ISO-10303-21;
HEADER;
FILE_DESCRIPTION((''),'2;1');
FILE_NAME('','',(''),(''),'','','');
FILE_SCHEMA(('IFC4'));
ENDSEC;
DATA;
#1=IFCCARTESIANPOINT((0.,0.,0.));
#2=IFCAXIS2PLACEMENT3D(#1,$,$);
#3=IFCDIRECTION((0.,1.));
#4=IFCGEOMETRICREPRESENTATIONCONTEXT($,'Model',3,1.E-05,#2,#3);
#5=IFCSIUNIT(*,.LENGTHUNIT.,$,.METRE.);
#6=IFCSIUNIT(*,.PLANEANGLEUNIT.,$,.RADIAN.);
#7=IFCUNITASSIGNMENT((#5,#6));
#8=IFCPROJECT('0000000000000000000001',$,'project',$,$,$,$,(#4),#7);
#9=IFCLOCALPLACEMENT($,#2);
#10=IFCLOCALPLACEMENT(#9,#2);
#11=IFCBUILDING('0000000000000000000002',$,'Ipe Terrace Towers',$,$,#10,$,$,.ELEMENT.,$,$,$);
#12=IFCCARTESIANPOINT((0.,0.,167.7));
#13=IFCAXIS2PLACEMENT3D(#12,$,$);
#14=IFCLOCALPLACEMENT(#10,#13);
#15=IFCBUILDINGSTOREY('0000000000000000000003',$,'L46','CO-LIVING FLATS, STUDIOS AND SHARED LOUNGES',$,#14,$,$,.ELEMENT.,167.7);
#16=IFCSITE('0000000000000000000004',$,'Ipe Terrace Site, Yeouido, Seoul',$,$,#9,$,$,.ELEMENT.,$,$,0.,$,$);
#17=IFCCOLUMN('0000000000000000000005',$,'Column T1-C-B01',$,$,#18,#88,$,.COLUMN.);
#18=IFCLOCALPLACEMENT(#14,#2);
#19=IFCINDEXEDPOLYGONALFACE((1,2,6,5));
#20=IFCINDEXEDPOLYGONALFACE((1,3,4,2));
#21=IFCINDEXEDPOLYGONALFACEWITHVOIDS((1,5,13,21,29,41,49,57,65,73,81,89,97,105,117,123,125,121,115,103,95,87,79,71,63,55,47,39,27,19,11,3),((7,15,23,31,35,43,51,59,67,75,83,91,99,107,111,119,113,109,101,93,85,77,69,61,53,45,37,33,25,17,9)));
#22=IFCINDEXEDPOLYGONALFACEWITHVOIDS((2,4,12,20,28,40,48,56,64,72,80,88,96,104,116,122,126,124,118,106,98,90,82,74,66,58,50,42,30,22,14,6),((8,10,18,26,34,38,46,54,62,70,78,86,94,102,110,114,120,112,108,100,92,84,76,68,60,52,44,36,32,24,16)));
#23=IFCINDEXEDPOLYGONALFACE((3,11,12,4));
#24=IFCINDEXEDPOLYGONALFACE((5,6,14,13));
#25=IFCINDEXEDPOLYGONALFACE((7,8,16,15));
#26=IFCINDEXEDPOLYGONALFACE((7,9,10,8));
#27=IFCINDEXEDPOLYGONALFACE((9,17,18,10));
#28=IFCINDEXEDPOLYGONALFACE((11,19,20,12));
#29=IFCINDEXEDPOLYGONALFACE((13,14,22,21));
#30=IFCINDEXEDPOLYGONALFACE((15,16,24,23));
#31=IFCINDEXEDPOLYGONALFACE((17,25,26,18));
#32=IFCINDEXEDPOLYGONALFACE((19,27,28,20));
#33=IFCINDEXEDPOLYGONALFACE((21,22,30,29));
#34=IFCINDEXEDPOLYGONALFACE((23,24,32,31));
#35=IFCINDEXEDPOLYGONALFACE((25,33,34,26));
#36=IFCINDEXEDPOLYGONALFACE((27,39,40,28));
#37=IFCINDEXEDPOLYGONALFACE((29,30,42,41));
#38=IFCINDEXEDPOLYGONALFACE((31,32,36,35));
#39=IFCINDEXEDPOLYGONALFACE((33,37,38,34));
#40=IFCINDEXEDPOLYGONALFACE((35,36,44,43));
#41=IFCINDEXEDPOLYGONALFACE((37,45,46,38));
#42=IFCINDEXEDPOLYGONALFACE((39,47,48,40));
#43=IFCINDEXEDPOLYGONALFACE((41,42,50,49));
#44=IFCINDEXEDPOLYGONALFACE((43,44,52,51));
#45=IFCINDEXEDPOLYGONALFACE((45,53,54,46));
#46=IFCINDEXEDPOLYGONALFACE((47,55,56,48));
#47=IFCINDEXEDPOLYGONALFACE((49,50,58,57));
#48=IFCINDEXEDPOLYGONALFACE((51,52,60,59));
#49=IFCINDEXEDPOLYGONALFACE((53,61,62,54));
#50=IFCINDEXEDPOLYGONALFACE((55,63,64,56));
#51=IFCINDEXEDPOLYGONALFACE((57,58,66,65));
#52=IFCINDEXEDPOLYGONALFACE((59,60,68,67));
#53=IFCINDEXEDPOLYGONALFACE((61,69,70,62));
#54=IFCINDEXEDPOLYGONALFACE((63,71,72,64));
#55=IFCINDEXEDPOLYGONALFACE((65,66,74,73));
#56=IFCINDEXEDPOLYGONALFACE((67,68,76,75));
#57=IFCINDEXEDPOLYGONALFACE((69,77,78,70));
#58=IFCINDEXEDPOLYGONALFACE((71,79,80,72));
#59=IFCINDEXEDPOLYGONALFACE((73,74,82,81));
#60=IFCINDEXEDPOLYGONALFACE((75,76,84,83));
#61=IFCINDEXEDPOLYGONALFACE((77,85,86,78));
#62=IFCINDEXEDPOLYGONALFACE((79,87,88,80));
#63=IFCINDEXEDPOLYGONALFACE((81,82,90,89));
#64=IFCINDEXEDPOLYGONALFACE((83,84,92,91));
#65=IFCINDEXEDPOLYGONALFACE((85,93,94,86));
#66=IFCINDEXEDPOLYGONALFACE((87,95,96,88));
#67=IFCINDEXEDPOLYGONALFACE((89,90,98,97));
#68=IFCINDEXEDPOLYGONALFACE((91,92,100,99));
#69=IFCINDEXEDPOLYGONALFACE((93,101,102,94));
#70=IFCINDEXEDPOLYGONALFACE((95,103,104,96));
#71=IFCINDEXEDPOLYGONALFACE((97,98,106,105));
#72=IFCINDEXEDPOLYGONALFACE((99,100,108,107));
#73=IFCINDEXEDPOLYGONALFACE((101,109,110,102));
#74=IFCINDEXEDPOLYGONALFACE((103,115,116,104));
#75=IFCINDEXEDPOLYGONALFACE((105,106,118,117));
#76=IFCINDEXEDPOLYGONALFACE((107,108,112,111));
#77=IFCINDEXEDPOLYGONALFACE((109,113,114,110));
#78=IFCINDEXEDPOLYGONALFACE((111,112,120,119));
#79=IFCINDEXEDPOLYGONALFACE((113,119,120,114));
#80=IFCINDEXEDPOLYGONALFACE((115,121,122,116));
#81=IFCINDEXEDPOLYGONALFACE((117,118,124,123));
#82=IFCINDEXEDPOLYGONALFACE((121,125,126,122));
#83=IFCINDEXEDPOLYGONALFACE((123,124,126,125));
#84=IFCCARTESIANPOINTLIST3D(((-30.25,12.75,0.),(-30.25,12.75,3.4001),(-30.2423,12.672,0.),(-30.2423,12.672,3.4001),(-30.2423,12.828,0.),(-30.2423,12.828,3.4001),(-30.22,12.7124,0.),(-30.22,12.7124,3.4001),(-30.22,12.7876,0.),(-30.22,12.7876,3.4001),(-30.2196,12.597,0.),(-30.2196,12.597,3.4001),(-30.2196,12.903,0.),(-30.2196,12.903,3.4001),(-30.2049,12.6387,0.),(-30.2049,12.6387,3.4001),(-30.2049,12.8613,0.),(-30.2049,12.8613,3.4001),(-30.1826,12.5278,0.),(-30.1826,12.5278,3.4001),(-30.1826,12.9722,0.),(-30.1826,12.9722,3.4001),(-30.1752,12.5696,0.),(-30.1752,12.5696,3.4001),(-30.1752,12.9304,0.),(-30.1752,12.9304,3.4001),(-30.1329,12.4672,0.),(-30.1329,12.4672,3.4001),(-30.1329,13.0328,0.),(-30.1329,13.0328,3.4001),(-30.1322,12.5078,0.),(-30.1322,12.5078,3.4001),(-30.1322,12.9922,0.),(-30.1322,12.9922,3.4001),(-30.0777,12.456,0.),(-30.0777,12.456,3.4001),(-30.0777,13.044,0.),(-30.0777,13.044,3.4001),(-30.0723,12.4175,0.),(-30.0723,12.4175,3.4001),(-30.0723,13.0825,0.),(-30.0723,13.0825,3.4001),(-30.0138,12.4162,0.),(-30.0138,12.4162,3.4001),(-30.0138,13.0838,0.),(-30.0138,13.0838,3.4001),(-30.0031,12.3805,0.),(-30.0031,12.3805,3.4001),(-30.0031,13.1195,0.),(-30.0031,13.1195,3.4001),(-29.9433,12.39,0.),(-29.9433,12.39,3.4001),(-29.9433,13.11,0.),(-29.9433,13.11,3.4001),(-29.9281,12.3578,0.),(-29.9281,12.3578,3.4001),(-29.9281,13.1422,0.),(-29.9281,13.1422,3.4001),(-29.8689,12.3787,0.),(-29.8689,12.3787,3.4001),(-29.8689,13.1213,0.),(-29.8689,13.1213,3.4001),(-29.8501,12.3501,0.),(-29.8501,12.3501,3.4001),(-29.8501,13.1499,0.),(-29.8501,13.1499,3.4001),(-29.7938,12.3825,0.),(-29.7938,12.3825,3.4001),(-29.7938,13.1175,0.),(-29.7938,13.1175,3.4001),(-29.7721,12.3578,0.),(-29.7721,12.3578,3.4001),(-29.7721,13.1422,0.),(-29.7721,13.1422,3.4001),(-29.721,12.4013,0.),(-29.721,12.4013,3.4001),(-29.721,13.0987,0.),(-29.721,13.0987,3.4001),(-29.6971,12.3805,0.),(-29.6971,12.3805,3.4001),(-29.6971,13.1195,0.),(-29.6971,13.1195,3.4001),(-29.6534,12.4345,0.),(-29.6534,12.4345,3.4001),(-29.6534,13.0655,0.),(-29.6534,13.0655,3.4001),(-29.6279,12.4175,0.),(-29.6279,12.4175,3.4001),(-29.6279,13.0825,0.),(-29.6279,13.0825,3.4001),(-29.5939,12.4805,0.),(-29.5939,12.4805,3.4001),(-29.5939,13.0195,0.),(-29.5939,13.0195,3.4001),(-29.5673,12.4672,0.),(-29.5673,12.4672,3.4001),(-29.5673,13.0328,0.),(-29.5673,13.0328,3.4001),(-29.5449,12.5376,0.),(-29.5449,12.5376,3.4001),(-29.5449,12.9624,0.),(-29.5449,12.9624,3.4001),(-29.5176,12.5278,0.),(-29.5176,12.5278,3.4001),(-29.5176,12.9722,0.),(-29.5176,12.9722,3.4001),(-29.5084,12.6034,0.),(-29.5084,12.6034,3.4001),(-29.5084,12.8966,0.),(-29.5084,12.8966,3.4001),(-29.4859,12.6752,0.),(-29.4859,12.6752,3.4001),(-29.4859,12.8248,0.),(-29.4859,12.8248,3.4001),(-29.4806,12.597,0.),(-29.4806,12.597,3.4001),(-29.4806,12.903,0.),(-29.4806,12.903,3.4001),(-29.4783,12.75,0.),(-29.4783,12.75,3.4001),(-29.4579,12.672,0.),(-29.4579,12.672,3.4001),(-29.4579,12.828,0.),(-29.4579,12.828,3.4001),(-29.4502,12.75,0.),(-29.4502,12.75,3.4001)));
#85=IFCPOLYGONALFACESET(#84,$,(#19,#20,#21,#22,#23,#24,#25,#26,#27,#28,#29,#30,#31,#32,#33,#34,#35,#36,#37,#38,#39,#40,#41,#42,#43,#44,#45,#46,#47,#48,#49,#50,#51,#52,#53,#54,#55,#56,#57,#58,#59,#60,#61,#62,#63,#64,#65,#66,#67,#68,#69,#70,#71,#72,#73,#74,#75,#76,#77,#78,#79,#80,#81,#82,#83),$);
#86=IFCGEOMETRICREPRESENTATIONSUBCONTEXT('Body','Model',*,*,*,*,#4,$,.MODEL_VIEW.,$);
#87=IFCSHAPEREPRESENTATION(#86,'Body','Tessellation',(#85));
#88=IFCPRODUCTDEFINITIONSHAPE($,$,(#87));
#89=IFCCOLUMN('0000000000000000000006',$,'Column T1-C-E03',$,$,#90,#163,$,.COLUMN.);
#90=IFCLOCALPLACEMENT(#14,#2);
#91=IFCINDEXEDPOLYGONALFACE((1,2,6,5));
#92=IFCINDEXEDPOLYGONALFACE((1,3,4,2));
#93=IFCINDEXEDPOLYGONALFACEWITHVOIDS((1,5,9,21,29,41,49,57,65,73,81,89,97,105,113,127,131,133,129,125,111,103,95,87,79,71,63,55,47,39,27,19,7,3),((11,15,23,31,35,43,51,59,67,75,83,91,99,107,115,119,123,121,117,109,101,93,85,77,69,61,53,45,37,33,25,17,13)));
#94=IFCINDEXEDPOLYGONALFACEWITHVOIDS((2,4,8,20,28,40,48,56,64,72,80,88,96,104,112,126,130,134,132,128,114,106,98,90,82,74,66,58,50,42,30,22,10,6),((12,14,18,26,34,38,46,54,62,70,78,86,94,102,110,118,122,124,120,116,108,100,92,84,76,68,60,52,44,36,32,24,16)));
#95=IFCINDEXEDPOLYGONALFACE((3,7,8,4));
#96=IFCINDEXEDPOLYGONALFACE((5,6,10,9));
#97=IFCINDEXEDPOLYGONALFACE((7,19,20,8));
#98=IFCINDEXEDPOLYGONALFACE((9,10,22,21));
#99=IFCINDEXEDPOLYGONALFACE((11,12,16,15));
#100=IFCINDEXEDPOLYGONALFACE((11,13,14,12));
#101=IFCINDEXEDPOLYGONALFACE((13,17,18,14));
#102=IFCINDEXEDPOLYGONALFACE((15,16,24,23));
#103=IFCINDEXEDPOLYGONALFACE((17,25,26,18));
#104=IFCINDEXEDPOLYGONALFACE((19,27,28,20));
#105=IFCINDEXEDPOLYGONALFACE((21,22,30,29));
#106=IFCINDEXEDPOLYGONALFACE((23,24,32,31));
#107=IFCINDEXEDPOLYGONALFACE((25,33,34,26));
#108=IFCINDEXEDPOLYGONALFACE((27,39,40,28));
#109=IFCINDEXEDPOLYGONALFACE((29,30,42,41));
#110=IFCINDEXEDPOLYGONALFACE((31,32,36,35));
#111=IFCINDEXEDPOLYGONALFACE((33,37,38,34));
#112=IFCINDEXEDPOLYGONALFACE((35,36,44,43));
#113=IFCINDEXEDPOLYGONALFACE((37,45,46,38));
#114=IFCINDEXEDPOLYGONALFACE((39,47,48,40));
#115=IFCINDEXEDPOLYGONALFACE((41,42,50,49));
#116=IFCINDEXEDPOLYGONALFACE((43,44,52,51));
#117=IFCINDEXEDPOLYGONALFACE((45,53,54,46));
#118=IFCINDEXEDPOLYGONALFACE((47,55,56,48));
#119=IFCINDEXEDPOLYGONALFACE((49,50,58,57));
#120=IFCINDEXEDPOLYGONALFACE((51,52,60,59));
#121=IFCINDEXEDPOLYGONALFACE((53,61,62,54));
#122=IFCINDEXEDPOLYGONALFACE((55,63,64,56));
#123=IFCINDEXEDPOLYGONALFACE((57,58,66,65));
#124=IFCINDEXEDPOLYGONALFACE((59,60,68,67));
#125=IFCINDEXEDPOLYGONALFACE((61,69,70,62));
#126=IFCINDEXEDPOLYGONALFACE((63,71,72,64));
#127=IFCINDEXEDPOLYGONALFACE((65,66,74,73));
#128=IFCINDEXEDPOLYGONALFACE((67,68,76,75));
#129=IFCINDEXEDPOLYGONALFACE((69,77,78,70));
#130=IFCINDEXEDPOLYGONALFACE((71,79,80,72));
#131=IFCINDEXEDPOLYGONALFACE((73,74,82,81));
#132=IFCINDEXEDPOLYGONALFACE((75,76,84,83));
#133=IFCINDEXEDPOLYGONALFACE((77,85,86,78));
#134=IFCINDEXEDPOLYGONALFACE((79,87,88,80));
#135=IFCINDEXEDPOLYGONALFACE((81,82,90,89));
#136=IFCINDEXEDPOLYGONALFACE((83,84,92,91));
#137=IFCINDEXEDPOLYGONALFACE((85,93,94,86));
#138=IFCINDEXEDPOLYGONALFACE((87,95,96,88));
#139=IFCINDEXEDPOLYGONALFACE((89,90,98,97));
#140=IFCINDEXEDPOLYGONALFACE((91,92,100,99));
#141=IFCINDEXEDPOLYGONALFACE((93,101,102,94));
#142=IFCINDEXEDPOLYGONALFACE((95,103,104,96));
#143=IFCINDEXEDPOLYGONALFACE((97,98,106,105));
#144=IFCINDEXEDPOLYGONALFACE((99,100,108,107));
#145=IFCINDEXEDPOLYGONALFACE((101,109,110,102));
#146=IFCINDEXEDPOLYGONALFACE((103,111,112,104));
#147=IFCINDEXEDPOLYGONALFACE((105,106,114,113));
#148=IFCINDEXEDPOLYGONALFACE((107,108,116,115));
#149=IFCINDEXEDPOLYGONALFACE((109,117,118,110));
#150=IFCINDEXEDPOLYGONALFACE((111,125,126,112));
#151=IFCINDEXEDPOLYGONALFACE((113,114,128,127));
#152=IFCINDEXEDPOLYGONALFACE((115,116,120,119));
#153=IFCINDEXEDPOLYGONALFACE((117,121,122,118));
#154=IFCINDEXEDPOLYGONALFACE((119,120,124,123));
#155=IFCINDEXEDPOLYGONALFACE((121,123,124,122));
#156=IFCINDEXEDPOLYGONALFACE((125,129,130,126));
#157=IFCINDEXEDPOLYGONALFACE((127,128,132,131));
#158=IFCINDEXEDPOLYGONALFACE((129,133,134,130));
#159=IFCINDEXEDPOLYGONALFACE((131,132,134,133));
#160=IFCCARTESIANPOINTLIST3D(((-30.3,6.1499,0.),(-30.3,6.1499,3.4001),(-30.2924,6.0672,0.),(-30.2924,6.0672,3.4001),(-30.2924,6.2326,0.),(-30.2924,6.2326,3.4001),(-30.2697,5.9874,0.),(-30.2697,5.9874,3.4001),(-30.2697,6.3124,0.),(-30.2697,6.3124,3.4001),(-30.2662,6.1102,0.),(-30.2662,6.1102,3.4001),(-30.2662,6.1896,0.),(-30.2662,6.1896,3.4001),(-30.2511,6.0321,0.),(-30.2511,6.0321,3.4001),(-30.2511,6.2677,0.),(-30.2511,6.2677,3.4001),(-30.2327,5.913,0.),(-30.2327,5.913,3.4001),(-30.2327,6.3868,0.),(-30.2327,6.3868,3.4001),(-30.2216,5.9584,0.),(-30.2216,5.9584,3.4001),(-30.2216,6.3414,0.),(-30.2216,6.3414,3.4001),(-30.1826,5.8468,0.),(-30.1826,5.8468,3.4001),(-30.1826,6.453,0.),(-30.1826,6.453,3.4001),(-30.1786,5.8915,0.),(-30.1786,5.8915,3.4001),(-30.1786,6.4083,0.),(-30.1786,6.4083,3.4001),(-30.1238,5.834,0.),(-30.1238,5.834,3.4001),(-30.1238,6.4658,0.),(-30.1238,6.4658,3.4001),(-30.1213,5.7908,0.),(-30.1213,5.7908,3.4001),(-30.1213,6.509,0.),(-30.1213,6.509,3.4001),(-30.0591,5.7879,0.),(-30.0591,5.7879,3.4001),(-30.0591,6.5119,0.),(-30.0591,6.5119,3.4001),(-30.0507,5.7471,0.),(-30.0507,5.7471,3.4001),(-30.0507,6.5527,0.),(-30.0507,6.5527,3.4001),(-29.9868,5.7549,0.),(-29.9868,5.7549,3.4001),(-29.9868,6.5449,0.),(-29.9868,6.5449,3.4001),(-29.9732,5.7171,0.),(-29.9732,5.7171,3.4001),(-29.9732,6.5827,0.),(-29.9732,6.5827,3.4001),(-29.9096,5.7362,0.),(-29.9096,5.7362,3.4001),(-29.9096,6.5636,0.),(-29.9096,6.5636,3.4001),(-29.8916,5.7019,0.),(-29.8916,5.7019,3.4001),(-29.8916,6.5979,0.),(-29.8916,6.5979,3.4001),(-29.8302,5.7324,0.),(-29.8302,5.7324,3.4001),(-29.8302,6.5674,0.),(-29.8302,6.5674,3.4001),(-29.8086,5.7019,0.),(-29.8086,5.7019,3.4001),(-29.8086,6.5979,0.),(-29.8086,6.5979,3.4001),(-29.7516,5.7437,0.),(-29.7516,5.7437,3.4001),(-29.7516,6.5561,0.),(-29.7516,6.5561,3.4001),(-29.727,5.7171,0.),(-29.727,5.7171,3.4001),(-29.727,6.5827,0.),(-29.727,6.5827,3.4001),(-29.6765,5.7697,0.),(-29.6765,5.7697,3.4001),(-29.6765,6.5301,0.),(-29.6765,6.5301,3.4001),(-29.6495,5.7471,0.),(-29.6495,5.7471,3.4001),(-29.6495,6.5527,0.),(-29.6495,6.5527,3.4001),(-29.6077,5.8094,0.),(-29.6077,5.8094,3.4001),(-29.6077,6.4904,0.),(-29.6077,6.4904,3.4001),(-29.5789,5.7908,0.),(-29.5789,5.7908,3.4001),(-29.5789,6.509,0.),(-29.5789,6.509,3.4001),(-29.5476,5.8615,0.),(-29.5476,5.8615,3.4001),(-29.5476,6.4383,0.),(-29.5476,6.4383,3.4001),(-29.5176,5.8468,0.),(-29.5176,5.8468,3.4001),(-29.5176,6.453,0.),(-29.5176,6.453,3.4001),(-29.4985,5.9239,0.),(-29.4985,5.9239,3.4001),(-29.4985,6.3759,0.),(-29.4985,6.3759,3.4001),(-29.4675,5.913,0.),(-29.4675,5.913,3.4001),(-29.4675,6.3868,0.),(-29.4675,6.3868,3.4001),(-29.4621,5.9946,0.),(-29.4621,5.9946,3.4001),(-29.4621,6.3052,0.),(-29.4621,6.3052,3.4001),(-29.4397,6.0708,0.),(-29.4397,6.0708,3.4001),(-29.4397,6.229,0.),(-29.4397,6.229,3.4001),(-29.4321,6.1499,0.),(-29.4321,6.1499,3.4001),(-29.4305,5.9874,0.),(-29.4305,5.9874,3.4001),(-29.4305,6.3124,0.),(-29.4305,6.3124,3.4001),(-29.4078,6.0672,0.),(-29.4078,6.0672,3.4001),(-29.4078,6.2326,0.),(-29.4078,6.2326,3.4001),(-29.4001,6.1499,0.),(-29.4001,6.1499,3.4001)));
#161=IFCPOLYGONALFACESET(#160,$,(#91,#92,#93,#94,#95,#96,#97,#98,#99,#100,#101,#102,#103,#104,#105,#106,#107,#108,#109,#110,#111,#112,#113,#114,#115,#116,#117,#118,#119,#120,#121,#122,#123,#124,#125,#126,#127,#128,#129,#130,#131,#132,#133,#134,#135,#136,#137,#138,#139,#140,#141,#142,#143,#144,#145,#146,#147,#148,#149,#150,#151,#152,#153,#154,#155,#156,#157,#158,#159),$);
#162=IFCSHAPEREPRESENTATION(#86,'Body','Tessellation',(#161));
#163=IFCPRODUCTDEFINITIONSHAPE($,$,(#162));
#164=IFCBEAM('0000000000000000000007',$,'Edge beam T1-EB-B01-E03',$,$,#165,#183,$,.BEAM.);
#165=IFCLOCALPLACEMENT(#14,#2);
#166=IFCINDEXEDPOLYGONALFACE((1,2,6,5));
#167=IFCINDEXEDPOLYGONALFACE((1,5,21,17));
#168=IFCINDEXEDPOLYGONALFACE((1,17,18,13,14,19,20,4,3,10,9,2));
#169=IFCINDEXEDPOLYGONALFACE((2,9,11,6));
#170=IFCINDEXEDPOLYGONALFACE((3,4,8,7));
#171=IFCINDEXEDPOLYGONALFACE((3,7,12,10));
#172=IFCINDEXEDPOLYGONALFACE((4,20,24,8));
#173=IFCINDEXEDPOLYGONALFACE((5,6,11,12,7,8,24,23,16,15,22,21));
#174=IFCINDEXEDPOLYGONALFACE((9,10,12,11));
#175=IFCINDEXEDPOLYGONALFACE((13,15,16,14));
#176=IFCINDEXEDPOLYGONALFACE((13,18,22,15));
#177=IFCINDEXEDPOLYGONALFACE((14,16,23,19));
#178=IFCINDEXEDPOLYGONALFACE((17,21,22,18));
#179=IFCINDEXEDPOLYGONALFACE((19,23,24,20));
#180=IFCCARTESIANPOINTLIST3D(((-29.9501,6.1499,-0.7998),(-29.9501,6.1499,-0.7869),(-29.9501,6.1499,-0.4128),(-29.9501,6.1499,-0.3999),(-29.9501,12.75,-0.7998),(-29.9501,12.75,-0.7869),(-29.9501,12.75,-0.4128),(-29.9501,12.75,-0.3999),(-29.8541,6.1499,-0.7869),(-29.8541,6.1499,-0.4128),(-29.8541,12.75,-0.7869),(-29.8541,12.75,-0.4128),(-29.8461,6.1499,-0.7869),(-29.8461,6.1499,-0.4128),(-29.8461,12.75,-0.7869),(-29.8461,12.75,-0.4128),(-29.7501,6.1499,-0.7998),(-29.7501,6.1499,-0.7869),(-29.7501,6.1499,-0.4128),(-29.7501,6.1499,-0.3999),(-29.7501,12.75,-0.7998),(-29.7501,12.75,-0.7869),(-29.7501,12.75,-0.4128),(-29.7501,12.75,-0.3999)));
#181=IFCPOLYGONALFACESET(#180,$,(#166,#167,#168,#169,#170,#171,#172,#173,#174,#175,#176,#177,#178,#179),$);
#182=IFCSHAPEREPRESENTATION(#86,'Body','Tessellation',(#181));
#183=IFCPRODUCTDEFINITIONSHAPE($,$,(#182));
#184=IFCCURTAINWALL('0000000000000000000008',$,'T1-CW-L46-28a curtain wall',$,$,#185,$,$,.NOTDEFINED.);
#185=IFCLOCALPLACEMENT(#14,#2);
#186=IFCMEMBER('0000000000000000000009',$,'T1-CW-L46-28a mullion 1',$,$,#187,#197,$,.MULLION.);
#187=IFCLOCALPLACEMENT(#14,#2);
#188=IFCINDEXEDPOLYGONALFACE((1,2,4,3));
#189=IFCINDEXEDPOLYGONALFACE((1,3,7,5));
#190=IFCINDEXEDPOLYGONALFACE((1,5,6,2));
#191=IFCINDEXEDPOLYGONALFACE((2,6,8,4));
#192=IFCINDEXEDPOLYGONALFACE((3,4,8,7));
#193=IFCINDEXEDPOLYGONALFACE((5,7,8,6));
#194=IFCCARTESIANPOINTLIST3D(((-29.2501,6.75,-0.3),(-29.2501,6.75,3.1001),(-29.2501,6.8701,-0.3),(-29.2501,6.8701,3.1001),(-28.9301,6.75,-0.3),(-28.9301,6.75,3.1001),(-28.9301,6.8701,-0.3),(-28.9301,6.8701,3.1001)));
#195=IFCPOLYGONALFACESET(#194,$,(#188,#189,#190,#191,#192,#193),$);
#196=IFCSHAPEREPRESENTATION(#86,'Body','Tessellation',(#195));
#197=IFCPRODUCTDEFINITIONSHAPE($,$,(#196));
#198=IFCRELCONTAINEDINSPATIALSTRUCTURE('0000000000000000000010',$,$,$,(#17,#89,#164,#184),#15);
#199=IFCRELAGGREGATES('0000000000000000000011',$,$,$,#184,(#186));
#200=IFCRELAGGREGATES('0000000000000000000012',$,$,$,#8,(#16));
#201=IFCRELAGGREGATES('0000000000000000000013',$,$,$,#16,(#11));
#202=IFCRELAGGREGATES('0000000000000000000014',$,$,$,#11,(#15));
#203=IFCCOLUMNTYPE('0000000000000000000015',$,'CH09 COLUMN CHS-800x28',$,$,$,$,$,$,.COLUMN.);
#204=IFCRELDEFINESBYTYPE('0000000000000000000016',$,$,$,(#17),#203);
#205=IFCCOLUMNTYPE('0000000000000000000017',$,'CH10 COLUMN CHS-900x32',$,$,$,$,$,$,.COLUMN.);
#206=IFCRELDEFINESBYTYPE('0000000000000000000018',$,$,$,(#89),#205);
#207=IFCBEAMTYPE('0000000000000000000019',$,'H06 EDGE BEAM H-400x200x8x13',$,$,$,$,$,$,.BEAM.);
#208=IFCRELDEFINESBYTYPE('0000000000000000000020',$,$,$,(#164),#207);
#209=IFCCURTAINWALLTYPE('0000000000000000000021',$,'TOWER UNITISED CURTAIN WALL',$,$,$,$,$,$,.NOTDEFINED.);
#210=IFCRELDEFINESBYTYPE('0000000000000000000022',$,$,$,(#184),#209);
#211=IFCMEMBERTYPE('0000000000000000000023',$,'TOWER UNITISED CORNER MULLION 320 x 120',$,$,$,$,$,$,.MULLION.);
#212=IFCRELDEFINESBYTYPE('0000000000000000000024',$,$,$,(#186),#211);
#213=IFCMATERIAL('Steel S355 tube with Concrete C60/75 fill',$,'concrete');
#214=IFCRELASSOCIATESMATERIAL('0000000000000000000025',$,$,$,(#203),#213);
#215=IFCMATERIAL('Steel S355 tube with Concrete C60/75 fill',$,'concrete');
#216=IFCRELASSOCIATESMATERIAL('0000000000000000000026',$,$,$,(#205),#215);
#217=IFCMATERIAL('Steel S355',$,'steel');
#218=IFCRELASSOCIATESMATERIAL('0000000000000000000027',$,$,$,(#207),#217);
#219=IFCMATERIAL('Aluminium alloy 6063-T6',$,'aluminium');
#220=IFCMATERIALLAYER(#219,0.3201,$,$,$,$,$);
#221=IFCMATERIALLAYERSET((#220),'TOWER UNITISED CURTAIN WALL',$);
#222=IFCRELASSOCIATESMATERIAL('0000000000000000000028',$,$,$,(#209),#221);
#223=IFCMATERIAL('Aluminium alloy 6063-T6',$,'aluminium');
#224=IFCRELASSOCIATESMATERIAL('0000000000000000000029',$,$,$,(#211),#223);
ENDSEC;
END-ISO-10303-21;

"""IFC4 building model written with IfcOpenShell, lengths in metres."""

from ifc_helpers import new_model, si_unit, direction, frame, origin, origin_2d, place, context, subcontext, project, spatial, rectangle, hollow_circle, i_section, extrude, material, layer, layer_set, material_profile, profile_set, type_object, element, aggregate, save


model = new_model("IFC4")

# Units and contexts
model_context = context("Model", 3, precision=1e-05, world=origin(), true_north=direction((0.0, 1.0)))
body_context = subcontext(model_context, "Body", "Model", "MODEL_VIEW")
ifc_project = project(units=[si_unit("LENGTHUNIT", "METRE"), si_unit("PLANEANGLEUNIT", "RADIAN")], contexts=[model_context])

# Site, building, storey
site_placement = place(None, origin())
site = spatial("IfcSite", under=ifc_project, at=site_placement, Name="Ipe Terrace Site, Yeouido, Seoul", CompositionType="ELEMENT", RefElevation=0.0)
building_placement = place(site_placement, origin())
building = spatial("IfcBuilding", under=site, at=building_placement, Name="Ipe Terrace Towers", CompositionType="ELEMENT")
storey_placement = place(building_placement, frame((0.0, 0.0, 167.7)))
storey = spatial("IfcBuildingStorey", under=building, at=storey_placement, Name="L46", Description="CO-LIVING FLATS, STUDIOS AND SHARED LOUNGES", CompositionType="ELEMENT", Elevation=167.7)

# Columns
ifc_material_1 = material(Name="Steel S355 tube with Concrete C60/75 fill", Category="concrete")
ifc_material_profile_1 = material_profile(ifc_material_1, hollow_circle(Radius=0.3999, WallThickness=0.0281, at=origin_2d()), Name="CHS-800x28")
ifc_profile_set_1 = profile_set([ifc_material_profile_1], Name="Steel S355 tube with Concrete C60/75 fill")
column_type_1 = type_object("IfcColumnType", Name="CH09 COLUMN CHS-800x28", PredefinedType="COLUMN", material=ifc_profile_set_1)
column_1_placement = place(storey_placement, frame((-29.8501, 12.75, 0.0), z_axis=(0.0, 0.0, 1.0), x_axis=(1.0, 0.0, 0.0)))
element("IfcColumn", 1, at=column_1_placement, inside=storey, type_object=column_type_1, Name="Column T1-C-B01", PredefinedType="COLUMN", context=body_context, shape_type="SweptSolid", body=[
    extrude(hollow_circle(Radius=0.3999, WallThickness=0.0281, at=origin_2d()), origin(), (0.0, 0.0, 1.0), 3.4001),
])
ifc_material_2 = material(Name="Steel S355 tube with Concrete C60/75 fill", Category="concrete")
ifc_material_profile_2 = material_profile(ifc_material_2, hollow_circle(Radius=0.45, WallThickness=0.032, at=origin_2d()), Name="CHS-900x32")
ifc_profile_set_2 = profile_set([ifc_material_profile_2], Name="Steel S355 tube with Concrete C60/75 fill")
column_type_2 = type_object("IfcColumnType", Name="CH10 COLUMN CHS-900x32", PredefinedType="COLUMN", material=ifc_profile_set_2)
column_2_placement = place(storey_placement, frame((-29.8501, 6.1499, 0.0), z_axis=(0.0, 0.0, 1.0), x_axis=(1.0, 0.0, 0.0)))
element("IfcColumn", 2, at=column_2_placement, inside=storey, type_object=column_type_2, Name="Column T1-C-E03", PredefinedType="COLUMN", context=body_context, shape_type="SweptSolid", body=[
    extrude(hollow_circle(Radius=0.45, WallThickness=0.032, at=origin_2d()), origin(), (0.0, 0.0, 1.0), 3.4001),
])

# Beam
ifc_material_3 = material(Name="Steel S355", Category="steel")
ifc_material_profile_3 = material_profile(ifc_material_3, i_section(OverallWidth=0.2, OverallDepth=0.3999, WebThickness=0.0081, FlangeThickness=0.0129, at=origin_2d()), Name="H-400x200x8x13")
ifc_profile_set_3 = profile_set([ifc_material_profile_3], Name="Steel S355")
beam_type = type_object("IfcBeamType", Name="H06 EDGE BEAM H-400x200x8x13", PredefinedType="BEAM", material=ifc_profile_set_3)
beam_placement = place(storey_placement, frame((-29.8501, 12.75, -0.5999), z_axis=(0.0, -1.0, 0.0), x_axis=(1.0, 0.0, 0.0)))
element("IfcBeam", 3, at=beam_placement, inside=storey, type_object=beam_type, Name="Edge beam T1-EB-B01-E03", PredefinedType="BEAM", context=body_context, shape_type="SweptSolid", body=[
    extrude(i_section(OverallWidth=0.2, OverallDepth=0.3999, WebThickness=0.0081, FlangeThickness=0.0129, at=origin_2d()), origin(), (0.0, 0.0, 1.0), 6.6001),
])

# Curtain wall, member
ifc_material_4 = material(Name="Aluminium alloy 6063-T6", Category="aluminium")
ifc_layer_1 = layer(ifc_material_4, 0.3201)
ifc_layer_set_1 = layer_set([ifc_layer_1], Name="TOWER UNITISED CURTAIN WALL")
curtain_wall_type = type_object("IfcCurtainWallType", Name="TOWER UNITISED CURTAIN WALL", PredefinedType="NOTDEFINED", material=ifc_layer_set_1)
curtain_wall_placement = place(storey_placement, origin())
curtain_wall = element("IfcCurtainWall", 4, at=curtain_wall_placement, inside=storey, type_object=curtain_wall_type, Name="T1-CW-L46-28a curtain wall", PredefinedType="NOTDEFINED")
ifc_material_5 = material(Name="Aluminium alloy 6063-T6", Category="aluminium")
ifc_material_profile_4 = material_profile(ifc_material_5, rectangle(XDim=0.3201, YDim=0.1201, at=origin_2d()), Name="TOWER UNITISED CORNER MULLION 320 x 120")
ifc_profile_set_4 = profile_set([ifc_material_profile_4], Name="Aluminium alloy 6063-T6")
member_type = type_object("IfcMemberType", Name="TOWER UNITISED CORNER MULLION 320 x 120", PredefinedType="MULLION", material=ifc_profile_set_4)
member_1_placement = place(storey_placement, frame((-29.0901, 6.8101, -0.3), z_axis=(0.0, 0.0, 1.0), x_axis=(1.0, 0.0, 0.0)))
member_1 = element("IfcMember", 5, at=member_1_placement, type_object=member_type, Name="T1-CW-L46-28a mullion 1", PredefinedType="MULLION", context=body_context, shape_type="SweptSolid", body=[
    extrude(rectangle(XDim=0.3201, YDim=0.1201, at=origin_2d()), origin(), (0.0, 0.0, 1.0), 3.4001),
])
aggregate(curtain_wall, [member_1])

save(model, "model.ifc")
